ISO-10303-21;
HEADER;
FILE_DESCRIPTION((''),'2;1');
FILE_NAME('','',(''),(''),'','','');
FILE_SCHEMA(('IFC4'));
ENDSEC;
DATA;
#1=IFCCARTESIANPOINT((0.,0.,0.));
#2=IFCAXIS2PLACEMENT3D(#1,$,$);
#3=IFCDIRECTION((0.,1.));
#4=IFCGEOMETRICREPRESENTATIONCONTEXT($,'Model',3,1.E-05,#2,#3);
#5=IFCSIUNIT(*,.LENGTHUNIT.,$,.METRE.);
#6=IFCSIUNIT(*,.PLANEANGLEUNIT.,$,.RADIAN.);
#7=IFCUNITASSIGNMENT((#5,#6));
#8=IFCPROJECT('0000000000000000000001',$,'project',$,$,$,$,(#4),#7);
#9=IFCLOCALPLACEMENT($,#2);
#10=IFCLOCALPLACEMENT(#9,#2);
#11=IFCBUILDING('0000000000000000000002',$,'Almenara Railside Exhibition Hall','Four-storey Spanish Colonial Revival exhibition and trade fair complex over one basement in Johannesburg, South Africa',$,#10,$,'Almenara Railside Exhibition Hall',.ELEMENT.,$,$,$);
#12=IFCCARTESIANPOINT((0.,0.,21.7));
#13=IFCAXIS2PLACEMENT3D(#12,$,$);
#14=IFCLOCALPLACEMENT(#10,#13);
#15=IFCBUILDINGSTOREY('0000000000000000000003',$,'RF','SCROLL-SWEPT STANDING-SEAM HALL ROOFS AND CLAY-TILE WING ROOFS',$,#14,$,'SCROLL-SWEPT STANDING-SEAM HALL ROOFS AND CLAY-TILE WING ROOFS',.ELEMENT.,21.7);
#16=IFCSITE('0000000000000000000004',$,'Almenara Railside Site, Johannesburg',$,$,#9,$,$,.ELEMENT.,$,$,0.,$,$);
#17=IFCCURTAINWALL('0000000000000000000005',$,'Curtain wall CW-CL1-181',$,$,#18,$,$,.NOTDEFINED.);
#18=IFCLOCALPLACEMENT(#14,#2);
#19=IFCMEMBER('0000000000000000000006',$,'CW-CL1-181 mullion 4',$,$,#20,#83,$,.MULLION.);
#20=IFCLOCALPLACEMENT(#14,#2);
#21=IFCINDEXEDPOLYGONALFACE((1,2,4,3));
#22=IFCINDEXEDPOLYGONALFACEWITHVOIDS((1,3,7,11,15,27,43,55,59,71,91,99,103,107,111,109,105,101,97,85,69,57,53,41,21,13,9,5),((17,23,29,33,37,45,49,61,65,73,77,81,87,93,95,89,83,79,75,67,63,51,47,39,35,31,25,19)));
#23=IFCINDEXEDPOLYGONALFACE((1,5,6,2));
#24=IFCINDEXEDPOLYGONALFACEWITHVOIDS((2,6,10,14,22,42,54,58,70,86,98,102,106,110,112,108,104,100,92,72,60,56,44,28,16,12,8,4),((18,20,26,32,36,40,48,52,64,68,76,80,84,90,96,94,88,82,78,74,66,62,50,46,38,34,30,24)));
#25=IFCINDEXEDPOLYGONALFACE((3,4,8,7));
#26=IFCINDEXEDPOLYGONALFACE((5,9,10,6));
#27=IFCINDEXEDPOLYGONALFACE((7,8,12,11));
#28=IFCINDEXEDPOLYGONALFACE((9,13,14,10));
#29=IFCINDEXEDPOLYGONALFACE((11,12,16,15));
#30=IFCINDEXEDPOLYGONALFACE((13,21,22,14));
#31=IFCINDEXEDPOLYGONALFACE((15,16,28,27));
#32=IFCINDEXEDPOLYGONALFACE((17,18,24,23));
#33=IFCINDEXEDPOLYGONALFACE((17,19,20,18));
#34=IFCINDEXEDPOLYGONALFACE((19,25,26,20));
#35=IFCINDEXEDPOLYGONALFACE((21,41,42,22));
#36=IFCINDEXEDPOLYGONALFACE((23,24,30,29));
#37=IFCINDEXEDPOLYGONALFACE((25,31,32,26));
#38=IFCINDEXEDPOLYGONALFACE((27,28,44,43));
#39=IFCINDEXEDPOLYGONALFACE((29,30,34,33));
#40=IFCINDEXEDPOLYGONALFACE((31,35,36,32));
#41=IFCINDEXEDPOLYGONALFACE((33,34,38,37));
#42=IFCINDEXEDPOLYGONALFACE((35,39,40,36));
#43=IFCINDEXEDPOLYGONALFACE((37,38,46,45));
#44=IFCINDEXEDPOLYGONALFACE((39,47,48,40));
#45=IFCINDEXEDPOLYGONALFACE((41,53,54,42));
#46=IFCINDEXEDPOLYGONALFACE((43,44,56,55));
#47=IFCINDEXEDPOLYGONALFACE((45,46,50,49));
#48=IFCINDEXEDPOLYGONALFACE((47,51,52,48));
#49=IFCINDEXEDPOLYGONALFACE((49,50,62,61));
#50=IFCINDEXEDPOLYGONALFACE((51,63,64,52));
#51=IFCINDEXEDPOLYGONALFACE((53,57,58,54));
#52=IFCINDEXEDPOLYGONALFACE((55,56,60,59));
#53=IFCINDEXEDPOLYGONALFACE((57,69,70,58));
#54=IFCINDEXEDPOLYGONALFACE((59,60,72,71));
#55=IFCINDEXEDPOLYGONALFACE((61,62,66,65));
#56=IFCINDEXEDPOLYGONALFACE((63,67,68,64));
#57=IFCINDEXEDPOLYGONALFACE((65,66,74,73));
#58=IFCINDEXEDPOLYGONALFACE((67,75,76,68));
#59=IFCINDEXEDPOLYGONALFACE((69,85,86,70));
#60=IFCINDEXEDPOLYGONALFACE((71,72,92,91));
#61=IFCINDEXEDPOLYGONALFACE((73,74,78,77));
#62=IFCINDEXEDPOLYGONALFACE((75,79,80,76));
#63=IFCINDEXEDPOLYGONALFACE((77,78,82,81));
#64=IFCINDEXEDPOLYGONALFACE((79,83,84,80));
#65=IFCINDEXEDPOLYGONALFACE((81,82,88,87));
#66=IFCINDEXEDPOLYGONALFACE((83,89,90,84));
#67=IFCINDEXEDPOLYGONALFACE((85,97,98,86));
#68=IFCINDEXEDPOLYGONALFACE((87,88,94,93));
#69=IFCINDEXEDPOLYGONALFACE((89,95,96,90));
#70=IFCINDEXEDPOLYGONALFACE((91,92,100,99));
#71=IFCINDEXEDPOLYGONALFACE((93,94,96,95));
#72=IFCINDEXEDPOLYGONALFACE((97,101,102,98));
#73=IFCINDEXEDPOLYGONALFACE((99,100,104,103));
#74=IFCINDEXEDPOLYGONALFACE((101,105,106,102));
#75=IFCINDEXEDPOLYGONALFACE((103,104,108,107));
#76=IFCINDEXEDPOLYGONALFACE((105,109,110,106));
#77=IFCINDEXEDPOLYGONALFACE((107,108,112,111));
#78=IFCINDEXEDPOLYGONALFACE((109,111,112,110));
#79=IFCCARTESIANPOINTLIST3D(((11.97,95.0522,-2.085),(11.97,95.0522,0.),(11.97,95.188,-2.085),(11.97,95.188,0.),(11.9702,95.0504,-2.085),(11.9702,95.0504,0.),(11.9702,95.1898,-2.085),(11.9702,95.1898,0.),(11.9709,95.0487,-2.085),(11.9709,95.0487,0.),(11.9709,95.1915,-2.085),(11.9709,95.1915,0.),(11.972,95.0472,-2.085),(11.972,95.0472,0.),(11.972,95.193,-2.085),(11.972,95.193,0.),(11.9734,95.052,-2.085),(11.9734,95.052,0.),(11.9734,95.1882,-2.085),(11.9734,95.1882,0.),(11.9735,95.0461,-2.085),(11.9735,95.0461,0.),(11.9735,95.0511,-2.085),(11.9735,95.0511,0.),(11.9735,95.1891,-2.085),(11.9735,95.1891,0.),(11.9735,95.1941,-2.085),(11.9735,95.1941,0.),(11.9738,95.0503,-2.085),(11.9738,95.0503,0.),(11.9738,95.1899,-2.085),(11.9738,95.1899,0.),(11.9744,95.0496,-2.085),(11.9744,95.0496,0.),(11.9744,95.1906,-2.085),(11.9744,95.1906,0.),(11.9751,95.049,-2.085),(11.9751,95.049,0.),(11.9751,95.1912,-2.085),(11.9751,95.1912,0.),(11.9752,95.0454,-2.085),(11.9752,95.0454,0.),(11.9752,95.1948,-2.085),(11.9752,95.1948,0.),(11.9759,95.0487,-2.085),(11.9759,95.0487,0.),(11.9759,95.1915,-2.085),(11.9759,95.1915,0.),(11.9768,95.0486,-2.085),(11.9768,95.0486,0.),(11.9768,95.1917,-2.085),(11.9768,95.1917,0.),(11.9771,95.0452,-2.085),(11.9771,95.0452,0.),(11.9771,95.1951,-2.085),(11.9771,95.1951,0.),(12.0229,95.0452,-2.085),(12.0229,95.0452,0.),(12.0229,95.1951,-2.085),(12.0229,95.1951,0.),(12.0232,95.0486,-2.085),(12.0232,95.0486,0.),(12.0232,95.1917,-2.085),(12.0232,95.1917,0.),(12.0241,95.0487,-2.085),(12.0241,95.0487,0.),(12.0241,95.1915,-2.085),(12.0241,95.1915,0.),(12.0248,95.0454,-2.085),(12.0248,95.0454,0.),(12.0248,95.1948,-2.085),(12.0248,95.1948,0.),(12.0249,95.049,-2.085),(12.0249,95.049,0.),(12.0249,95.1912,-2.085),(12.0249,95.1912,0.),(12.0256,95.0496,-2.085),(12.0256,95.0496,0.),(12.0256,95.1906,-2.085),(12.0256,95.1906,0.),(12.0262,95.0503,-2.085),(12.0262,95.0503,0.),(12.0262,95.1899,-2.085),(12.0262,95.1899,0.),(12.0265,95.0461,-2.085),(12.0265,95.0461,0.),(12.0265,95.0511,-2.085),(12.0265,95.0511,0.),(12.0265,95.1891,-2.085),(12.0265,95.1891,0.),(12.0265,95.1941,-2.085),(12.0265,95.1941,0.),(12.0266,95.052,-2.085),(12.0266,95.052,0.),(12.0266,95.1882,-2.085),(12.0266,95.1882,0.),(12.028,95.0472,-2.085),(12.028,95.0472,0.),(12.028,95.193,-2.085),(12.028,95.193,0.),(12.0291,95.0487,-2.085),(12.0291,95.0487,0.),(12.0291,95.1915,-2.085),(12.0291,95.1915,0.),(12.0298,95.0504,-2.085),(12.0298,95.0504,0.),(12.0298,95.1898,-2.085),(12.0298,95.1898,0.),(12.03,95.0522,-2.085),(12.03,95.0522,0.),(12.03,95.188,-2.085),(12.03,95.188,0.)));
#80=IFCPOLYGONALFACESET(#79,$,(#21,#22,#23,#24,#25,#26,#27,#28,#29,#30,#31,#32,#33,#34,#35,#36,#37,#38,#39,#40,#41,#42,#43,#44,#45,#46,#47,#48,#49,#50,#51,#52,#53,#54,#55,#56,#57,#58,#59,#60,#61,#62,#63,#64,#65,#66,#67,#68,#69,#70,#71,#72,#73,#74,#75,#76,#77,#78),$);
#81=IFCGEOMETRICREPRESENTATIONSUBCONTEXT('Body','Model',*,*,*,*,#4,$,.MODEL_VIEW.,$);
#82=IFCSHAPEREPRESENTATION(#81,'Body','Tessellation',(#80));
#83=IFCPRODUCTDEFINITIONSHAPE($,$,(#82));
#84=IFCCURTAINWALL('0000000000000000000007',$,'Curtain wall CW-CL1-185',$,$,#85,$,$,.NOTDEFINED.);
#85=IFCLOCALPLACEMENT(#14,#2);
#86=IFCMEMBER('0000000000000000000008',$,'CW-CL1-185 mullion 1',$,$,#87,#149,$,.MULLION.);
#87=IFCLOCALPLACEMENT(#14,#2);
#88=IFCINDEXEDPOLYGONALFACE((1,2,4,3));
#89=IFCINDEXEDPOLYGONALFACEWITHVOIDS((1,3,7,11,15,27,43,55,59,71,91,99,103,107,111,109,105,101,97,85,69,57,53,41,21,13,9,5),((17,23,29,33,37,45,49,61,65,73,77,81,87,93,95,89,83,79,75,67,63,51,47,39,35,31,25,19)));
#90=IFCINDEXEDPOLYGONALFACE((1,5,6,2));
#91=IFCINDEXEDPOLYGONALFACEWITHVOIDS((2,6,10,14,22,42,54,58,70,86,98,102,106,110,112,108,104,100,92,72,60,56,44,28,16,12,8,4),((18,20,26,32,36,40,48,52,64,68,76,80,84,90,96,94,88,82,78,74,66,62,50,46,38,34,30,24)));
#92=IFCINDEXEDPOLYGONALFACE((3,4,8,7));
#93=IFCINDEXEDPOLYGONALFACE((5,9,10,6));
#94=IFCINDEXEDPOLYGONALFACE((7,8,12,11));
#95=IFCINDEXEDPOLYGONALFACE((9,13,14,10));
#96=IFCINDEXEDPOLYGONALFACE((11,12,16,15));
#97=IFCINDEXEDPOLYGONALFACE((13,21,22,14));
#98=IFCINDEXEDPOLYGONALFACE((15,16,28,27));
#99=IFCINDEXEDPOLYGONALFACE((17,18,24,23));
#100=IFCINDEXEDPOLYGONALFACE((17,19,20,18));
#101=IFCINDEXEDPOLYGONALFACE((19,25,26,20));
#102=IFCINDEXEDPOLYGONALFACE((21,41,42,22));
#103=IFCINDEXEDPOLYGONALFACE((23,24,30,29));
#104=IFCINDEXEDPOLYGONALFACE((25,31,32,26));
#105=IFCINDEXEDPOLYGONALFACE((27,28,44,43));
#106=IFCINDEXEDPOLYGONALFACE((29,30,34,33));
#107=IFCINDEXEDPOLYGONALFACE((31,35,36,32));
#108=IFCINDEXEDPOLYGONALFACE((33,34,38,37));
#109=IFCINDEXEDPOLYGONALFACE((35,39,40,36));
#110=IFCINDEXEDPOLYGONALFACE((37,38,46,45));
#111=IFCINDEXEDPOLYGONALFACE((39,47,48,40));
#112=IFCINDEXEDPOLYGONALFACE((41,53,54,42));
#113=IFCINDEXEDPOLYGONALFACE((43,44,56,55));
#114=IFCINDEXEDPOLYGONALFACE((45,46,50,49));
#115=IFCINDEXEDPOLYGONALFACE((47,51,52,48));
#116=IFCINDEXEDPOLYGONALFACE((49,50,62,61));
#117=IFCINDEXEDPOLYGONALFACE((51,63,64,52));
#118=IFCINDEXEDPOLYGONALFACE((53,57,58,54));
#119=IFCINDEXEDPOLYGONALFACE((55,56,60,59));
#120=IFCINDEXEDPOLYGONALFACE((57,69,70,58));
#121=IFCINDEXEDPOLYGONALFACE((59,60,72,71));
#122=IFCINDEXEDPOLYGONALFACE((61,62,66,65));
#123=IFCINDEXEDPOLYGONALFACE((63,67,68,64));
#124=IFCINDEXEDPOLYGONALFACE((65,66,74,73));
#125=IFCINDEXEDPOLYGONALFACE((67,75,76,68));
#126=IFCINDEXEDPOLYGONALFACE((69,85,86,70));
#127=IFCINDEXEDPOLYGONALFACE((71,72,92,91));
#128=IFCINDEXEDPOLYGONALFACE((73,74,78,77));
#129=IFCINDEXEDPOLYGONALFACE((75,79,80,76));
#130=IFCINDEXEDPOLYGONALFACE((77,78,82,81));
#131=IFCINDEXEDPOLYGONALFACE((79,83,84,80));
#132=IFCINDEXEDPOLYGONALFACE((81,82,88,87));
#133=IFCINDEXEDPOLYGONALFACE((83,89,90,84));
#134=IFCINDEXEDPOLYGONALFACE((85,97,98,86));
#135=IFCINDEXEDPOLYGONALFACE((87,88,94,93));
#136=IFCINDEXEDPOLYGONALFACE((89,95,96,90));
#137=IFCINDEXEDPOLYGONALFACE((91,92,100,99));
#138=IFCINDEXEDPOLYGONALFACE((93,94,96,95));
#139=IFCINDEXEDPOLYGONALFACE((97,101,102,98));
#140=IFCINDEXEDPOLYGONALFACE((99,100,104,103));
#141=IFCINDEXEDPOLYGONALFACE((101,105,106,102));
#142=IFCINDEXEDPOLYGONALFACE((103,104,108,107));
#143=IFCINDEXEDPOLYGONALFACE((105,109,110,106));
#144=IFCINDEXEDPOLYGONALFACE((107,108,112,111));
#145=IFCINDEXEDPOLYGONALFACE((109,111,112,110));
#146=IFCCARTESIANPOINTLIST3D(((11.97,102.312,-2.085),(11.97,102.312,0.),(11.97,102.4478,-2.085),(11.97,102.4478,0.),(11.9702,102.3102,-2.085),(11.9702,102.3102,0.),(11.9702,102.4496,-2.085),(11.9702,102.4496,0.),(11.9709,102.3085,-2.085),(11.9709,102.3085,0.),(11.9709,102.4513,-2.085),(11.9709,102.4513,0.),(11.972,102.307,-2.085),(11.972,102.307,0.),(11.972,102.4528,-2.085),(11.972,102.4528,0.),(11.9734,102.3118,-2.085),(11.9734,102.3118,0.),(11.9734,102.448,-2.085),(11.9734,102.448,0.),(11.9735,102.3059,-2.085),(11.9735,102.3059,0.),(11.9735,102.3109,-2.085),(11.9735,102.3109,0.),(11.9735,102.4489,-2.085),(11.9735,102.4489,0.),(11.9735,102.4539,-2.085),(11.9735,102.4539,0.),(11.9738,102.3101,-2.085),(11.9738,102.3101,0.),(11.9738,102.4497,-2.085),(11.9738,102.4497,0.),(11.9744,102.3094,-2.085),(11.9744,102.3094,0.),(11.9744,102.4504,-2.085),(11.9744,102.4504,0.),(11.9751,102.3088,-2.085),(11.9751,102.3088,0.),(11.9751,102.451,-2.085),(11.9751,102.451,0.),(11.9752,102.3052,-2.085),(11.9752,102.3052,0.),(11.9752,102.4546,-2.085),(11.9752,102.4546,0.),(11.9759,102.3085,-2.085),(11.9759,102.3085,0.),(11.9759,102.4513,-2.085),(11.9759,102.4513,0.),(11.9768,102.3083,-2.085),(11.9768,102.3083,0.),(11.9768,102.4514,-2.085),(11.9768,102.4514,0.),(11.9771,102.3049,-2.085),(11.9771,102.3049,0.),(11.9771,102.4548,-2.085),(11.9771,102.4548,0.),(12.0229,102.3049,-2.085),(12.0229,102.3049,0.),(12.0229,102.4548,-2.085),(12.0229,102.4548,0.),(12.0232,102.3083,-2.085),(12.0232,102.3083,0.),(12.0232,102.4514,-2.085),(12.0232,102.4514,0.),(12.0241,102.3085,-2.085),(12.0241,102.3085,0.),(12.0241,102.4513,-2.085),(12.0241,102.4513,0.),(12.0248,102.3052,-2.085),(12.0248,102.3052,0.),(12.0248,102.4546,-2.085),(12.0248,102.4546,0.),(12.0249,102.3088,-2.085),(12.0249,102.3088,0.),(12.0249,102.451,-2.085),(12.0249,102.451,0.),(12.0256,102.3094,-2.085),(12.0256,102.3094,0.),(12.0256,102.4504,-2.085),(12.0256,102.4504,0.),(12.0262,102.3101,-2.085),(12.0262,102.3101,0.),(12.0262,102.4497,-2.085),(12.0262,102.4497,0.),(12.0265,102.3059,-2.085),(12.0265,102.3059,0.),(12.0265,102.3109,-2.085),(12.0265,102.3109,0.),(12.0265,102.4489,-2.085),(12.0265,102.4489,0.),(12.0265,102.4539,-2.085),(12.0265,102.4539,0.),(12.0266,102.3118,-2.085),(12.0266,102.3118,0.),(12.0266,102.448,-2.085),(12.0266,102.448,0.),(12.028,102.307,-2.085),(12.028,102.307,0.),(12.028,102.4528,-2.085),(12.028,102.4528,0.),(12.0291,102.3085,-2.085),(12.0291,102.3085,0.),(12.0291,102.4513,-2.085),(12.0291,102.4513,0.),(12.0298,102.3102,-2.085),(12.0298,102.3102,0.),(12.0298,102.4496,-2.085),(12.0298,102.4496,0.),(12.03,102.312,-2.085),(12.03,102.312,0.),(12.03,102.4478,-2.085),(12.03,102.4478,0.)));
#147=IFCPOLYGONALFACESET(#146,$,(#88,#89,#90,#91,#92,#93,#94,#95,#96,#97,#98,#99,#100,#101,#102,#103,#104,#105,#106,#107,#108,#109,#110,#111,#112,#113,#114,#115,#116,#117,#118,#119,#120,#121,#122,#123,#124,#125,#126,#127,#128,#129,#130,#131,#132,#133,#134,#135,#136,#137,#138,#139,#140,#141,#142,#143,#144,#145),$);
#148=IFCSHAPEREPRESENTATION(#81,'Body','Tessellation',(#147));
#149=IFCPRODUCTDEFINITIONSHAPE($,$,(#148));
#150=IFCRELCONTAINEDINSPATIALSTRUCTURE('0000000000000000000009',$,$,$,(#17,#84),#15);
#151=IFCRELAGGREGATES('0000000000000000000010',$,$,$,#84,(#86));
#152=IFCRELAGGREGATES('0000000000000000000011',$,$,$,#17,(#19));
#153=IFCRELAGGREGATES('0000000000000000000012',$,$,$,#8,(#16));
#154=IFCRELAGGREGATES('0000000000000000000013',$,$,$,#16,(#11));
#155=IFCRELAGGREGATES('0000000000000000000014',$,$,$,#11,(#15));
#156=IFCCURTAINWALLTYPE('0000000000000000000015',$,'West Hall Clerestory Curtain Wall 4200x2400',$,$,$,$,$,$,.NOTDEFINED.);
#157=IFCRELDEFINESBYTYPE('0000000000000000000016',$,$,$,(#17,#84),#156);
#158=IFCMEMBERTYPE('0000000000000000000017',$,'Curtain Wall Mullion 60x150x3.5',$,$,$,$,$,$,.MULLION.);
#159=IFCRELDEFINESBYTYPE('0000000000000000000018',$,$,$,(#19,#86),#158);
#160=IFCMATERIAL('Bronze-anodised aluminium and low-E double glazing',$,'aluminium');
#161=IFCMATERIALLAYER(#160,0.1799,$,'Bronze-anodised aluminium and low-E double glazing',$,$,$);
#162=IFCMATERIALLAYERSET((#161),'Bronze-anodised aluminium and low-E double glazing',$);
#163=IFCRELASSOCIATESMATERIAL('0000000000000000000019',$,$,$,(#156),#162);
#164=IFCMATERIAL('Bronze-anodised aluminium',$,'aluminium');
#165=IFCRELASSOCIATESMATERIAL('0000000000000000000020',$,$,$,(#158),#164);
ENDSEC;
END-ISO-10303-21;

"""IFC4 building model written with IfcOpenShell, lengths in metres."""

from ifc_helpers import new_model, si_unit, direction, frame, origin, origin_2d, place, context, subcontext, project, spatial, hollow_rectangle, extrude, material, layer, layer_set, material_profile, profile_set, type_object, element, aggregate, save


model = new_model("IFC4")

# Units and contexts
model_context = context("Model", 3, precision=1e-05, world=origin(), true_north=direction((0.0, 1.0)))
body_context = subcontext(model_context, "Body", "Model", "MODEL_VIEW")
ifc_project = project(units=[si_unit("LENGTHUNIT", "METRE"), si_unit("PLANEANGLEUNIT", "RADIAN")], contexts=[model_context])

# Site, building, storey
site_placement = place(None, origin())
site = spatial("IfcSite", under=ifc_project, at=site_placement, Name="Almenara Railside Site, Johannesburg", CompositionType="ELEMENT", RefElevation=0.0)
building_placement = place(site_placement, origin())
building = spatial("IfcBuilding", under=site, at=building_placement, Name="Almenara Railside Exhibition Hall", Description="Four-storey Spanish Colonial Revival exhibition and trade fair complex over one basement in Johannesburg, South Africa", LongName="Almenara Railside Exhibition Hall", CompositionType="ELEMENT")
storey_placement = place(building_placement, frame((0.0, 0.0, 21.7)))
storey = spatial("IfcBuildingStorey", under=building, at=storey_placement, Name="RF", Description="SCROLL-SWEPT STANDING-SEAM HALL ROOFS AND CLAY-TILE WING ROOFS", LongName="SCROLL-SWEPT STANDING-SEAM HALL ROOFS AND CLAY-TILE WING ROOFS", CompositionType="ELEMENT", Elevation=21.7)

# Curtain walls, members
ifc_material_1 = material(Name="Bronze-anodised aluminium and low-E double glazing", Category="aluminium")
ifc_layer_1 = layer(ifc_material_1, 0.1799, Name="Bronze-anodised aluminium and low-E double glazing")
ifc_layer_set_1 = layer_set([ifc_layer_1], Name="Bronze-anodised aluminium and low-E double glazing")
curtain_wall_type = type_object("IfcCurtainWallType", Name="West Hall Clerestory Curtain Wall 4200x2400", PredefinedType="NOTDEFINED", material=ifc_layer_set_1)
curtain_wall_1_placement = place(storey_placement, origin())
curtain_wall_1 = element("IfcCurtainWall", 1, at=curtain_wall_1_placement, inside=storey, type_object=curtain_wall_type, Name="Curtain wall CW-CL1-181", PredefinedType="NOTDEFINED")
ifc_material_2 = material(Name="Bronze-anodised aluminium", Category="aluminium")
ifc_material_profile_1 = material_profile(ifc_material_2, hollow_rectangle(XDim=0.0601, YDim=0.1499, WallThickness=0.0034, InnerFilletRadius=0.0034, OuterFilletRadius=0.0071, at=origin_2d()), Name="ALU-MUL 60x150x3.5")
ifc_profile_set_1 = profile_set([ifc_material_profile_1], Name="Bronze-anodised aluminium")
member_type_1 = type_object("IfcMemberType", Name="Curtain Wall Mullion 60x150x3.5", PredefinedType="MULLION", material=ifc_profile_set_1)
member_1_placement = place(storey_placement, frame((12.0, 95.1201, -2.085), z_axis=(0.0, 0.0, 1.0), x_axis=(-1.0, 0.0, 0.0)))
member_1 = element("IfcMember", 2, at=member_1_placement, type_object=member_type_1, Name="CW-CL1-181 mullion 4", PredefinedType="MULLION", context=body_context, shape_type="SweptSolid", body=[
    extrude(hollow_rectangle(XDim=0.0601, YDim=0.1499, WallThickness=0.0034, InnerFilletRadius=0.0034, OuterFilletRadius=0.0071, at=origin_2d()), origin(), (0.0, 0.0, 1.0), 2.085),
])
curtain_wall_2_placement = place(storey_placement, origin())
curtain_wall_2 = element("IfcCurtainWall", 3, at=curtain_wall_2_placement, inside=storey, type_object=curtain_wall_type, Name="Curtain wall CW-CL1-185", PredefinedType="NOTDEFINED")
member_2_placement = place(storey_placement, frame((12.0, 102.3799, -2.085), z_axis=(0.0, 0.0, 1.0), x_axis=(-1.0, 0.0, 0.0)))
member_2 = element("IfcMember", 4, at=member_2_placement, type_object=member_type_1, Name="CW-CL1-185 mullion 1", PredefinedType="MULLION", context=body_context, shape_type="SweptSolid", body=[
    extrude(hollow_rectangle(XDim=0.0601, YDim=0.1499, WallThickness=0.0034, InnerFilletRadius=0.0034, OuterFilletRadius=0.0071, at=origin_2d()), origin(), (0.0, 0.0, 1.0), 2.085),
])
aggregate(curtain_wall_2, [member_2])

aggregate(curtain_wall_1, [member_1])

save(model, "model.ifc")
